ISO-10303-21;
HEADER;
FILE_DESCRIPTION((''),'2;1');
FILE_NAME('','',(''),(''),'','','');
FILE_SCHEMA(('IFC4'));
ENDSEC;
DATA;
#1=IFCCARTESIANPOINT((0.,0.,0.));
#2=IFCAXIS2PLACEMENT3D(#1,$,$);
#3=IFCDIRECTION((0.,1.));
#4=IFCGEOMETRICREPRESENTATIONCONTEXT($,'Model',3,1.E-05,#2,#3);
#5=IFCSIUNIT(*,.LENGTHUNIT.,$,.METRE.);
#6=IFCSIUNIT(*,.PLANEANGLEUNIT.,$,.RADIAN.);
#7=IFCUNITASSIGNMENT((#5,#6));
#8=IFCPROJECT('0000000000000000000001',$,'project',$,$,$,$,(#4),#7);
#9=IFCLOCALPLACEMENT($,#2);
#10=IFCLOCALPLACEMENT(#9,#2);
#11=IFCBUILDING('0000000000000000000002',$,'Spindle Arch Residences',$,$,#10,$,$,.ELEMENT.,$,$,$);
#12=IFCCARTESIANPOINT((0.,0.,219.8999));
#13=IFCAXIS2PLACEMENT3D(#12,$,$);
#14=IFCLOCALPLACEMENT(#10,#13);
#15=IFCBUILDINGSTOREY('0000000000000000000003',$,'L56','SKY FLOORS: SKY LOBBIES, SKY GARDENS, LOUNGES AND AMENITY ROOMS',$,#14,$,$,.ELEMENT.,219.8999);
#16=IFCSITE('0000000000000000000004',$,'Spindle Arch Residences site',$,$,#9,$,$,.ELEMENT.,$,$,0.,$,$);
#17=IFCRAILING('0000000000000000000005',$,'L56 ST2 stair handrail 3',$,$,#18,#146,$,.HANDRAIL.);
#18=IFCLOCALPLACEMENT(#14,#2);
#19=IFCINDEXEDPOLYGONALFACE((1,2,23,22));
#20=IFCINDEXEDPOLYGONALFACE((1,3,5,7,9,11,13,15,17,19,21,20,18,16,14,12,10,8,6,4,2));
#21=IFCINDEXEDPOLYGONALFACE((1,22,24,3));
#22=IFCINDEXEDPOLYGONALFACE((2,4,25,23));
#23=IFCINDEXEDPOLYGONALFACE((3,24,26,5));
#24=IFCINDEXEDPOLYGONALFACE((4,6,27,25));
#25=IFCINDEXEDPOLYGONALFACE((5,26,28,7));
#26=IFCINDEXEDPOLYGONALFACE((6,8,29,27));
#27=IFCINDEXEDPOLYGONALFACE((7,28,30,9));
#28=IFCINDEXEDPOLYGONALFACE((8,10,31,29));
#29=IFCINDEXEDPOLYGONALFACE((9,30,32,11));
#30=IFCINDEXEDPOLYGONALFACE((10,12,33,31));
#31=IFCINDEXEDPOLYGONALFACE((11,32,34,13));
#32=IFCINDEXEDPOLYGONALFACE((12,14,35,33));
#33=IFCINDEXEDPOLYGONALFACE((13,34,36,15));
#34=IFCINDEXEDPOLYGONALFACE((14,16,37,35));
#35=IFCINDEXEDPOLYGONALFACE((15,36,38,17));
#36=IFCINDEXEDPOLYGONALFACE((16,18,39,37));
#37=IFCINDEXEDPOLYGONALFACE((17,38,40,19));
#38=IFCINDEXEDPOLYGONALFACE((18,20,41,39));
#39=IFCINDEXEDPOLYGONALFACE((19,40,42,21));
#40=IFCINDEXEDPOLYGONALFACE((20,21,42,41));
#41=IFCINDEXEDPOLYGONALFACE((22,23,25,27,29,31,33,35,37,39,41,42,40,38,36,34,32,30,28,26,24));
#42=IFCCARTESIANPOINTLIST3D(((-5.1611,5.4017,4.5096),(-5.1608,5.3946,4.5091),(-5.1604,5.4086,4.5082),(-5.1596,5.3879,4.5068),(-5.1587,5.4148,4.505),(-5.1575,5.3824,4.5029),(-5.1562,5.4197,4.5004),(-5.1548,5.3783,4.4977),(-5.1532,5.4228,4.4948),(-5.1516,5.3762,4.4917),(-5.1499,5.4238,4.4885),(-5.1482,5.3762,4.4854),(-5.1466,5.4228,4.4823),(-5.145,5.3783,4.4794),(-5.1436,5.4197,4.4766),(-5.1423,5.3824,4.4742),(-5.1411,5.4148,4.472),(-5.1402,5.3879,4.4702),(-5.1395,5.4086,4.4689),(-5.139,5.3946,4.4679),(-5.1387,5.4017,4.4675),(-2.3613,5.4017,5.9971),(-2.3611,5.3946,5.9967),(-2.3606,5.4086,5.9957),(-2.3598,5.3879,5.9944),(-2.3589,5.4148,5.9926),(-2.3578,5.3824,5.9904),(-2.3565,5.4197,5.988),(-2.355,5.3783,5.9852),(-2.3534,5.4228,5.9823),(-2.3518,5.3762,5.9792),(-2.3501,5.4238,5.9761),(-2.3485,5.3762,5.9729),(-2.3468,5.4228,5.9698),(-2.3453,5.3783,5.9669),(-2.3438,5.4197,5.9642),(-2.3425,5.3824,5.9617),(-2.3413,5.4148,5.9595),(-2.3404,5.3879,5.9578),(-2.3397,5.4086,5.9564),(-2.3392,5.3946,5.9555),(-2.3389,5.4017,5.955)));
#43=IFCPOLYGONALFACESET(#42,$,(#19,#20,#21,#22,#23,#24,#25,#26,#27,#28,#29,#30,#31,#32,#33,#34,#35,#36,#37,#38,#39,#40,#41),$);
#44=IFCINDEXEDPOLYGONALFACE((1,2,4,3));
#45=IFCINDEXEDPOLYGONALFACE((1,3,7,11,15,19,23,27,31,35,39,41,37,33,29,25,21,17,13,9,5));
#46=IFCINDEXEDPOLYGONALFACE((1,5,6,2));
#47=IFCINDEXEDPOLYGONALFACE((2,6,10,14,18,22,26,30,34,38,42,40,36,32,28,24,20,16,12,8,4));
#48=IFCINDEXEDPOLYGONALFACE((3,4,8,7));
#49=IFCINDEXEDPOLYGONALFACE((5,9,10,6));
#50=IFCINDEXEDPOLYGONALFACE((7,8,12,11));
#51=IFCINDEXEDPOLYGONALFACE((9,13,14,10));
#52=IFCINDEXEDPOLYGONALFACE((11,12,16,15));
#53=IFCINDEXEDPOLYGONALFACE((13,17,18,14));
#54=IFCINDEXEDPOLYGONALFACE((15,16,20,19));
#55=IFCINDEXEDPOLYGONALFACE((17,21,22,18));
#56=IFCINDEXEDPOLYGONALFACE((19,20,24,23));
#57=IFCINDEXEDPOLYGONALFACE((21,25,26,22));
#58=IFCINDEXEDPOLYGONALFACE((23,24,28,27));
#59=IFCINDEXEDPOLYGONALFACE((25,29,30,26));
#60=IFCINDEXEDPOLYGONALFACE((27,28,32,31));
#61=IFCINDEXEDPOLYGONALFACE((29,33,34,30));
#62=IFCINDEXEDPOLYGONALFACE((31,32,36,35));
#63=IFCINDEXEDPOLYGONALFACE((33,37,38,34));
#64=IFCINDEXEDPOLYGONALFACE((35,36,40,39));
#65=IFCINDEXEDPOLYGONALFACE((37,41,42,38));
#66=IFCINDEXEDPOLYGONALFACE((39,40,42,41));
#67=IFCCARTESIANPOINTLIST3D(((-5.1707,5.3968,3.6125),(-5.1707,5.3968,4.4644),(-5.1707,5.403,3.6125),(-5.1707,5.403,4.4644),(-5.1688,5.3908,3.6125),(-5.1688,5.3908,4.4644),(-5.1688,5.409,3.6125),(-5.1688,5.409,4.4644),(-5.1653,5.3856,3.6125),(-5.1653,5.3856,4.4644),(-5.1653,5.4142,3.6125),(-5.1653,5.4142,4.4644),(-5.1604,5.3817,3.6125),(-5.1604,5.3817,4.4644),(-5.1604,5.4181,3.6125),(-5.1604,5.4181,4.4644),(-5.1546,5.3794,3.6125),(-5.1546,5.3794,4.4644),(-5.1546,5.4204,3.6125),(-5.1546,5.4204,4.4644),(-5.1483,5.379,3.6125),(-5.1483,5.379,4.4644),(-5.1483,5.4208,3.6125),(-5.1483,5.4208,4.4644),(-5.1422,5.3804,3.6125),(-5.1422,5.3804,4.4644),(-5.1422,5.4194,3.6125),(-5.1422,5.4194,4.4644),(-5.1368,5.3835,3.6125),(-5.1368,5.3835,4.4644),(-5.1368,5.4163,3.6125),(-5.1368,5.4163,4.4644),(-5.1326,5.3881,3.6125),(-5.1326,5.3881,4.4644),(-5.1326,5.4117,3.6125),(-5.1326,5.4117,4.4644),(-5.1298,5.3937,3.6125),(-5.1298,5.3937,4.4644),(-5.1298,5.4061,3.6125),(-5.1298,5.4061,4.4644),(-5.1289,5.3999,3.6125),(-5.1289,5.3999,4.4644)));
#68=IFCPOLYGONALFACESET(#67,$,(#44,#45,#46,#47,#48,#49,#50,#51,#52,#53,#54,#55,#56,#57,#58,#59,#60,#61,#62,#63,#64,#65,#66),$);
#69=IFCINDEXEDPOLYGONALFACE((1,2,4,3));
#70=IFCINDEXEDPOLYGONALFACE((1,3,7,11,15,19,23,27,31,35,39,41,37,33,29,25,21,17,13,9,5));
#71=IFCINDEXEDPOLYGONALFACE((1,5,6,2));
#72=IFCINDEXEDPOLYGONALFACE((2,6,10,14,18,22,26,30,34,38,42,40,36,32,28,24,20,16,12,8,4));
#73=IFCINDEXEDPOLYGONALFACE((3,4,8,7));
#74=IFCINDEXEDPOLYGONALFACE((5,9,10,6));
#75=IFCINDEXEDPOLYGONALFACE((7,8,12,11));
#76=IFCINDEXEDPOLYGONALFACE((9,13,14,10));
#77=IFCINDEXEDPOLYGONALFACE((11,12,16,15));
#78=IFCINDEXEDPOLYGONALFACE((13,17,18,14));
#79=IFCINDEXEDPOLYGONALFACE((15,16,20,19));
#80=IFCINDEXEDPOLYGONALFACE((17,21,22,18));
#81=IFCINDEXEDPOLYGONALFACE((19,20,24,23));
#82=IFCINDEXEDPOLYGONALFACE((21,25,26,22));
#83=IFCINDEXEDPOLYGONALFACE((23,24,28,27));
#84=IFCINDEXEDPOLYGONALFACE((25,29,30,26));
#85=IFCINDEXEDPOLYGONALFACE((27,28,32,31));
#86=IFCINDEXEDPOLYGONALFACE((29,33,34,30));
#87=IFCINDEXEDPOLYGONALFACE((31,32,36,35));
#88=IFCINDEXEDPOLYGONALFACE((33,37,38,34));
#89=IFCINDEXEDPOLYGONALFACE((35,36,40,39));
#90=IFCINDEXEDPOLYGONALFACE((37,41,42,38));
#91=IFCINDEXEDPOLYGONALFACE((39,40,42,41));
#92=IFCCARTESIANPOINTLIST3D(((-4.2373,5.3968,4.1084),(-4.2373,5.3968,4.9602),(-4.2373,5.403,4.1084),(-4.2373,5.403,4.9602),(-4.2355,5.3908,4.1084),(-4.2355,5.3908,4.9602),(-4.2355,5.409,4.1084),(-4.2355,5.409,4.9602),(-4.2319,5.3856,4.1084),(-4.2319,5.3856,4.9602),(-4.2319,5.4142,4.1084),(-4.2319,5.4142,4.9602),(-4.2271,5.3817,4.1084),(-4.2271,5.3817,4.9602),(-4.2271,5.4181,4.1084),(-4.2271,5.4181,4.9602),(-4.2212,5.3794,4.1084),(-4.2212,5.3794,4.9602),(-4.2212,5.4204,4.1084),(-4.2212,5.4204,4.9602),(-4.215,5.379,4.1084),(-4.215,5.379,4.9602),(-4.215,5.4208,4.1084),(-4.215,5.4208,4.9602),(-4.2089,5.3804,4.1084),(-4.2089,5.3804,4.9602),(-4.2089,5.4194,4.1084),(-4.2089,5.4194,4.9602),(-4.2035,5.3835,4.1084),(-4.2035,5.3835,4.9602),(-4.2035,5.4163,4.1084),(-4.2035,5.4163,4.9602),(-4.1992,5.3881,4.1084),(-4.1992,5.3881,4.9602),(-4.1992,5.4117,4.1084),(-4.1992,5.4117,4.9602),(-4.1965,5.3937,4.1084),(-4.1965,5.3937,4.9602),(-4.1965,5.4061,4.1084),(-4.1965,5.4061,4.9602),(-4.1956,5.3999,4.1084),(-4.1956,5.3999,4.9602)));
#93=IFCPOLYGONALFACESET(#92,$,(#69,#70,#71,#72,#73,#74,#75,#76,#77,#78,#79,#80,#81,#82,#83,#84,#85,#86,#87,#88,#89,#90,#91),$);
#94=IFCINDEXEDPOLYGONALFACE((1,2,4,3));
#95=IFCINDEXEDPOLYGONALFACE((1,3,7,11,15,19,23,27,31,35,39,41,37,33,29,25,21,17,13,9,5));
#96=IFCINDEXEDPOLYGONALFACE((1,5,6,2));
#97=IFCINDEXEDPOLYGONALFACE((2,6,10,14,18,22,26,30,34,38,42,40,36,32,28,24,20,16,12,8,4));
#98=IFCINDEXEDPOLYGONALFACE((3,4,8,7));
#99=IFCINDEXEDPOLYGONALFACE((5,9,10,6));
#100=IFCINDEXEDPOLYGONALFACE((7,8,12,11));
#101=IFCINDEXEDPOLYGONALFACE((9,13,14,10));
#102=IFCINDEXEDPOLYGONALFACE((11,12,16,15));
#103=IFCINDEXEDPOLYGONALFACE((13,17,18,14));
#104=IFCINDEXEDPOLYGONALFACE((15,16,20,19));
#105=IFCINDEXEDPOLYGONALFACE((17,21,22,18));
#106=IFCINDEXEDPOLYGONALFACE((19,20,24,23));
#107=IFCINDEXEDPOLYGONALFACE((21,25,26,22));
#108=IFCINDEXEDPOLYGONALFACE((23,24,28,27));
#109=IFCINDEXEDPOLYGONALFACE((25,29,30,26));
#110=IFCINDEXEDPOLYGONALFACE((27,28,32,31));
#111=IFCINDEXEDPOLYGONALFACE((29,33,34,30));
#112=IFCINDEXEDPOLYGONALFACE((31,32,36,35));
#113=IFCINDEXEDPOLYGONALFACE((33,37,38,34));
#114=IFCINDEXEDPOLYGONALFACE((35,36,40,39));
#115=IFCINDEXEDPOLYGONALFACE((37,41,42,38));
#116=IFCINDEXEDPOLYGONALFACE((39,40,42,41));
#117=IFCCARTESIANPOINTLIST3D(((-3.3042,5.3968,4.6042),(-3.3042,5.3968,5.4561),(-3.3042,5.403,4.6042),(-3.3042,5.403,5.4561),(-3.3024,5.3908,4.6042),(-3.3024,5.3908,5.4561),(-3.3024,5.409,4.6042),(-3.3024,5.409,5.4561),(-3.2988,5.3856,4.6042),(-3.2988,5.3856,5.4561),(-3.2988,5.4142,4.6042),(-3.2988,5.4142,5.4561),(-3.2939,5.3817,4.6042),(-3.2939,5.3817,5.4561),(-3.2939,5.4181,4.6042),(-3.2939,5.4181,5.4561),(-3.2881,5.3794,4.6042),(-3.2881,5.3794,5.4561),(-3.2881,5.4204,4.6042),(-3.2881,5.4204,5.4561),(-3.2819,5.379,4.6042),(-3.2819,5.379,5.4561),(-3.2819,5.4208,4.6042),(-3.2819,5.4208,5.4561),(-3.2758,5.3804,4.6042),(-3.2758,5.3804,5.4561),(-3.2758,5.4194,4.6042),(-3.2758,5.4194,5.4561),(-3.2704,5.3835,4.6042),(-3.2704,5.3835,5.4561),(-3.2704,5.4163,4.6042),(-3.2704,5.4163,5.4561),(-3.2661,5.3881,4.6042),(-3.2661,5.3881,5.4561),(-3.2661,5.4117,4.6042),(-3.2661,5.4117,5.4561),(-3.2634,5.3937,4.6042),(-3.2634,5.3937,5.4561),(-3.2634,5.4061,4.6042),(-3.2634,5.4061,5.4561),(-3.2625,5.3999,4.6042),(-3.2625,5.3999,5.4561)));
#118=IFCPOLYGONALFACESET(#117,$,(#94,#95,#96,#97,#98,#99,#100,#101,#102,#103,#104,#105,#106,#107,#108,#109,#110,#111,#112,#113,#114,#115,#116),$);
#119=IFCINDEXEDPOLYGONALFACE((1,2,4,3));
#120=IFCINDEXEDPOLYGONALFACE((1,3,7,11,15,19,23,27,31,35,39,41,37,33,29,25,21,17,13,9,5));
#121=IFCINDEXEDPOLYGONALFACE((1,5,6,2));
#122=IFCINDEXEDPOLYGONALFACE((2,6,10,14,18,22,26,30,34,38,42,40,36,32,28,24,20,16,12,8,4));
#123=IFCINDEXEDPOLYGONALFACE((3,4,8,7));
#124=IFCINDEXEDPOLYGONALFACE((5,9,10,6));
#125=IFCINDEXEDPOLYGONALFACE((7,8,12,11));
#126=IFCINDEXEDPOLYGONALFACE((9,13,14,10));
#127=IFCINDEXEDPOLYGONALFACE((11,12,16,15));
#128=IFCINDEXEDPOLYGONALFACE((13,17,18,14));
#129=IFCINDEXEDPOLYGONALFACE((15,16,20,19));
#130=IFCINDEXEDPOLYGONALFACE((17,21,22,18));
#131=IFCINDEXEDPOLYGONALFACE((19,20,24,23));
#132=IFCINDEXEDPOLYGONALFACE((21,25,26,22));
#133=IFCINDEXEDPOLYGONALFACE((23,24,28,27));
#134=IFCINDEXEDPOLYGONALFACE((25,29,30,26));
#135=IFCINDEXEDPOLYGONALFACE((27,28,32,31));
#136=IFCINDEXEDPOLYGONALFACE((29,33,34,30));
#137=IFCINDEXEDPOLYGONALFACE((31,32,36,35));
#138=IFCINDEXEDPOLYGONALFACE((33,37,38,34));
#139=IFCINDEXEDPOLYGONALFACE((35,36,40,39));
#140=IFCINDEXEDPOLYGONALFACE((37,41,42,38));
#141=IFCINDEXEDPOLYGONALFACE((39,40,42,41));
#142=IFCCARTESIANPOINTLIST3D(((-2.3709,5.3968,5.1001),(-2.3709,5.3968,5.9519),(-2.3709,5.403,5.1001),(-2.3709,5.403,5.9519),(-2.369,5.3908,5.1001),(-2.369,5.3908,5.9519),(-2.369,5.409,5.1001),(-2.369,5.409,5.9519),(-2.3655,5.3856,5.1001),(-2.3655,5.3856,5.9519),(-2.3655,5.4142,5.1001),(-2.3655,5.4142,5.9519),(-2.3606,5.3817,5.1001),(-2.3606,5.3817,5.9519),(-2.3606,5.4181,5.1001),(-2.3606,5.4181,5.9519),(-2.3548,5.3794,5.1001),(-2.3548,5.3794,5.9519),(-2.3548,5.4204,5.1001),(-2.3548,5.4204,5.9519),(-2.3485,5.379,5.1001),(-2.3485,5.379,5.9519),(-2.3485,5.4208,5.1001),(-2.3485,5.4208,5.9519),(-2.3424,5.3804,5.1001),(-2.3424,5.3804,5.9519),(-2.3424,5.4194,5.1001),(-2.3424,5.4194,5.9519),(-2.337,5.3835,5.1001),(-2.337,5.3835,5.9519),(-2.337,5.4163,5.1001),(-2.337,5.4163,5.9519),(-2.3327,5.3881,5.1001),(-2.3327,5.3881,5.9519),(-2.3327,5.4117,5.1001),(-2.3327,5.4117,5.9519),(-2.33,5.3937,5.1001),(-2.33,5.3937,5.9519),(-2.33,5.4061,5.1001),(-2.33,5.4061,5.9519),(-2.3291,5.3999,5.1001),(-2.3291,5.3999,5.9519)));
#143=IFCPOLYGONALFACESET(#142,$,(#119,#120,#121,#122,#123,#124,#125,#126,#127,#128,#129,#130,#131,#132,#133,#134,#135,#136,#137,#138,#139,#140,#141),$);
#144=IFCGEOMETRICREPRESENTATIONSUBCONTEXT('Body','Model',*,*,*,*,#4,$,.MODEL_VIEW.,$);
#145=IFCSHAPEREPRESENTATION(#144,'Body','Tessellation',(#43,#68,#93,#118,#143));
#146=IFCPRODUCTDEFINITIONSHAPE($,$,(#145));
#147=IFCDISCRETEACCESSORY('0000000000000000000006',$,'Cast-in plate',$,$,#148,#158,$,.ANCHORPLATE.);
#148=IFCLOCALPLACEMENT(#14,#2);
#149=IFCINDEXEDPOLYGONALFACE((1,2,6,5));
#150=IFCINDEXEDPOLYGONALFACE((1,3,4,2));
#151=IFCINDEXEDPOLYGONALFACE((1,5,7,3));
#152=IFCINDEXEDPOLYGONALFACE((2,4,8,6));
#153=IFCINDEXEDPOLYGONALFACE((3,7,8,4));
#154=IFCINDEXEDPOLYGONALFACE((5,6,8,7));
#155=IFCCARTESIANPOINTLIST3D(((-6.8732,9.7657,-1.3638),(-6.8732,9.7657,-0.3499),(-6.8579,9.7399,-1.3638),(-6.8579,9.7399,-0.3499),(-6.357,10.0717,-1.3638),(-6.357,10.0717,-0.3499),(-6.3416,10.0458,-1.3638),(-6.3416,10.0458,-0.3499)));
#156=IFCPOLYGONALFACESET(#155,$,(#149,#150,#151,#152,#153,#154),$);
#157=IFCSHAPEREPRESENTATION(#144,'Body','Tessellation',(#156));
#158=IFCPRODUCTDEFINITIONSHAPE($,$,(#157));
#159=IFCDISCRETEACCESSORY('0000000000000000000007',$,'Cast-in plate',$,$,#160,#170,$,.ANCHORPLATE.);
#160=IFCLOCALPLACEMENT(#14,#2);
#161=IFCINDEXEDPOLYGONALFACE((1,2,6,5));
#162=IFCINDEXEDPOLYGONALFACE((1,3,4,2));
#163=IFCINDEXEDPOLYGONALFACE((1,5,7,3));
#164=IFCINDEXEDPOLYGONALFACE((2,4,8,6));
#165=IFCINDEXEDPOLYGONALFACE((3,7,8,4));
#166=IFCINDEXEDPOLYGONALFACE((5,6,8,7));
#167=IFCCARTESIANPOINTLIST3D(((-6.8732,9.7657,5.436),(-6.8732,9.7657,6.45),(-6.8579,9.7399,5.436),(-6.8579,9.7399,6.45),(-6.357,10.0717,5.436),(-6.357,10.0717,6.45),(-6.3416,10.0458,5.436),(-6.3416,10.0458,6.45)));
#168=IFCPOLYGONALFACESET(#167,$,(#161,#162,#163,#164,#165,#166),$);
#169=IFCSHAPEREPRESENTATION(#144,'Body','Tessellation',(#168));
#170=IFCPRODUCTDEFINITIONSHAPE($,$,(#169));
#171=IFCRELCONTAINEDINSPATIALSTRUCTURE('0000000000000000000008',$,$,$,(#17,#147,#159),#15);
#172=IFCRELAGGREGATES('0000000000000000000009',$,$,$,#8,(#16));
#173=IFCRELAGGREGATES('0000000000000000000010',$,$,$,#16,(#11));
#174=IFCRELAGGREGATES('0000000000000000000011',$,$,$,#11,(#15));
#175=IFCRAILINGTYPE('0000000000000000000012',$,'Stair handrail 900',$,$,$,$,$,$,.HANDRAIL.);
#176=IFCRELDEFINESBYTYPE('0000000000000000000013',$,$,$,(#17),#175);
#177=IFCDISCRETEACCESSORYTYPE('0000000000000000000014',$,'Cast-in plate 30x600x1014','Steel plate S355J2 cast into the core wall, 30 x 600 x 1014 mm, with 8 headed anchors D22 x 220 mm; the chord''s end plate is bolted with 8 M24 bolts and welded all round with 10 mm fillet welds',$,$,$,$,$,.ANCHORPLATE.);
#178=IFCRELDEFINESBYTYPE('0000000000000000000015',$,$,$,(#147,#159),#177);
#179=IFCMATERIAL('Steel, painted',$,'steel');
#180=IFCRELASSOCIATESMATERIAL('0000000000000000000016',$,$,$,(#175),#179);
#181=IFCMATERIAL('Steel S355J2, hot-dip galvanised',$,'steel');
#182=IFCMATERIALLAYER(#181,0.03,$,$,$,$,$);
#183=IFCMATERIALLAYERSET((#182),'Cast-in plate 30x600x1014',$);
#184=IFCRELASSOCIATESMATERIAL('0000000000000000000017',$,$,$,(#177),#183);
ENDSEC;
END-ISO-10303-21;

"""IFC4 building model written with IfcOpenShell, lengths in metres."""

from ifc_helpers import new_model, si_unit, direction, frame, origin, origin_2d, place, context, subcontext, project, spatial, rectangle, circle, extrude, material, layer, layer_set, type_object, element, save


model = new_model("IFC4")

# Units and contexts
model_context = context("Model", 3, precision=1e-05, world=origin(), true_north=direction((0.0, 1.0)))
body_context = subcontext(model_context, "Body", "Model", "MODEL_VIEW")
ifc_project = project(units=[si_unit("LENGTHUNIT", "METRE"), si_unit("PLANEANGLEUNIT", "RADIAN")], contexts=[model_context])

# Site, building, storey
site_placement = place(None, origin())
site = spatial("IfcSite", under=ifc_project, at=site_placement, Name="Spindle Arch Residences site", CompositionType="ELEMENT", RefElevation=0.0)
building_placement = place(site_placement, origin())
building = spatial("IfcBuilding", under=site, at=building_placement, Name="Spindle Arch Residences", CompositionType="ELEMENT")
storey_placement = place(building_placement, frame((0.0, 0.0, 219.8999)))
storey = spatial("IfcBuildingStorey", under=building, at=storey_placement, Name="L56", Description="SKY FLOORS: SKY LOBBIES, SKY GARDENS, LOUNGES AND AMENITY ROOMS", CompositionType="ELEMENT", Elevation=219.8999)

# Railing
ifc_material_1 = material(Name="Steel, painted", Category="steel")
railing_type_1 = type_object("IfcRailingType", Name="Stair handrail 900", PredefinedType="HANDRAIL", material=ifc_material_1)
railing_1_placement = place(storey_placement, frame((-5.1499, 5.3999, 3.6125)))
element("IfcRailing", 1, at=railing_1_placement, inside=storey, type_object=railing_type_1, Name="L56 ST2 stair handrail 3", PredefinedType="HANDRAIL", context=body_context, shape_type="SweptSolid", body=[
    extrude(circle(Radius=0.0239, at=origin_2d()), frame((0.0, 0.0, 0.876), z_axis=(0.883096, 0.0, 0.469193), x_axis=(0.0, 1.0, 0.0)), (0.0, 0.0, 1.0), 3.1704),
    extrude(circle(Radius=0.021, at=origin_2d()), origin(), (0.0, 0.0, 1.0), 0.8518),
    extrude(circle(Radius=0.021, at=origin_2d()), frame((0.9333, 0.0, 0.4958)), (0.0, 0.0, 1.0), 0.8518),
    extrude(circle(Radius=0.021, at=origin_2d()), frame((1.8665, 0.0, 0.9917)), (0.0, 0.0, 1.0), 0.8518),
    extrude(circle(Radius=0.021, at=origin_2d()), frame((2.7998, 0.0, 1.4875)), (0.0, 0.0, 1.0), 0.8518),
])

# Discrete accessories
ifc_material_2 = material(Name="Steel S355J2, hot-dip galvanised", Category="steel")
ifc_layer_1 = layer(ifc_material_2, 0.03)
ifc_layer_set_1 = layer_set([ifc_layer_1], Name="Cast-in plate 30x600x1014")
discrete_accessory_type = type_object("IfcDiscreteAccessoryType", Name="Cast-in plate 30x600x1014", Description="Steel plate S355J2 cast into the core wall, 30 x 600 x 1014 mm, with 8 headed anchors D22 x 220 mm; the chord's end plate is bolted with 8 M24 bolts and welded all round with 10 mm fillet welds", PredefinedType="ANCHORPLATE", material=ifc_layer_set_1)
for number, where, z_axis, x_axis, name in (
    (2, (-6.6074, 9.9058, -1.3638), (0.0, 0.0, 1.0), (-0.509852, 0.860262, 0.0), "Cast-in plate"),
    (3, (-6.6074, 9.9058, 5.436), (0.0, 0.0, 1.0), (-0.509852, 0.860262, 0.0), "Cast-in plate"),
):
    element("IfcDiscreteAccessory", number, at=place(storey_placement, frame(where, z_axis=z_axis, x_axis=x_axis)), inside=storey, type_object=discrete_accessory_type, Name=name, PredefinedType="ANCHORPLATE", context=body_context, shape_type="SweptSolid", body=[
        extrude(rectangle(XDim=0.03, YDim=0.6001, at=origin_2d()), origin(), (0.0, 0.0, 1.0), 1.0139),
    ])

save(model, "model.ifc")
